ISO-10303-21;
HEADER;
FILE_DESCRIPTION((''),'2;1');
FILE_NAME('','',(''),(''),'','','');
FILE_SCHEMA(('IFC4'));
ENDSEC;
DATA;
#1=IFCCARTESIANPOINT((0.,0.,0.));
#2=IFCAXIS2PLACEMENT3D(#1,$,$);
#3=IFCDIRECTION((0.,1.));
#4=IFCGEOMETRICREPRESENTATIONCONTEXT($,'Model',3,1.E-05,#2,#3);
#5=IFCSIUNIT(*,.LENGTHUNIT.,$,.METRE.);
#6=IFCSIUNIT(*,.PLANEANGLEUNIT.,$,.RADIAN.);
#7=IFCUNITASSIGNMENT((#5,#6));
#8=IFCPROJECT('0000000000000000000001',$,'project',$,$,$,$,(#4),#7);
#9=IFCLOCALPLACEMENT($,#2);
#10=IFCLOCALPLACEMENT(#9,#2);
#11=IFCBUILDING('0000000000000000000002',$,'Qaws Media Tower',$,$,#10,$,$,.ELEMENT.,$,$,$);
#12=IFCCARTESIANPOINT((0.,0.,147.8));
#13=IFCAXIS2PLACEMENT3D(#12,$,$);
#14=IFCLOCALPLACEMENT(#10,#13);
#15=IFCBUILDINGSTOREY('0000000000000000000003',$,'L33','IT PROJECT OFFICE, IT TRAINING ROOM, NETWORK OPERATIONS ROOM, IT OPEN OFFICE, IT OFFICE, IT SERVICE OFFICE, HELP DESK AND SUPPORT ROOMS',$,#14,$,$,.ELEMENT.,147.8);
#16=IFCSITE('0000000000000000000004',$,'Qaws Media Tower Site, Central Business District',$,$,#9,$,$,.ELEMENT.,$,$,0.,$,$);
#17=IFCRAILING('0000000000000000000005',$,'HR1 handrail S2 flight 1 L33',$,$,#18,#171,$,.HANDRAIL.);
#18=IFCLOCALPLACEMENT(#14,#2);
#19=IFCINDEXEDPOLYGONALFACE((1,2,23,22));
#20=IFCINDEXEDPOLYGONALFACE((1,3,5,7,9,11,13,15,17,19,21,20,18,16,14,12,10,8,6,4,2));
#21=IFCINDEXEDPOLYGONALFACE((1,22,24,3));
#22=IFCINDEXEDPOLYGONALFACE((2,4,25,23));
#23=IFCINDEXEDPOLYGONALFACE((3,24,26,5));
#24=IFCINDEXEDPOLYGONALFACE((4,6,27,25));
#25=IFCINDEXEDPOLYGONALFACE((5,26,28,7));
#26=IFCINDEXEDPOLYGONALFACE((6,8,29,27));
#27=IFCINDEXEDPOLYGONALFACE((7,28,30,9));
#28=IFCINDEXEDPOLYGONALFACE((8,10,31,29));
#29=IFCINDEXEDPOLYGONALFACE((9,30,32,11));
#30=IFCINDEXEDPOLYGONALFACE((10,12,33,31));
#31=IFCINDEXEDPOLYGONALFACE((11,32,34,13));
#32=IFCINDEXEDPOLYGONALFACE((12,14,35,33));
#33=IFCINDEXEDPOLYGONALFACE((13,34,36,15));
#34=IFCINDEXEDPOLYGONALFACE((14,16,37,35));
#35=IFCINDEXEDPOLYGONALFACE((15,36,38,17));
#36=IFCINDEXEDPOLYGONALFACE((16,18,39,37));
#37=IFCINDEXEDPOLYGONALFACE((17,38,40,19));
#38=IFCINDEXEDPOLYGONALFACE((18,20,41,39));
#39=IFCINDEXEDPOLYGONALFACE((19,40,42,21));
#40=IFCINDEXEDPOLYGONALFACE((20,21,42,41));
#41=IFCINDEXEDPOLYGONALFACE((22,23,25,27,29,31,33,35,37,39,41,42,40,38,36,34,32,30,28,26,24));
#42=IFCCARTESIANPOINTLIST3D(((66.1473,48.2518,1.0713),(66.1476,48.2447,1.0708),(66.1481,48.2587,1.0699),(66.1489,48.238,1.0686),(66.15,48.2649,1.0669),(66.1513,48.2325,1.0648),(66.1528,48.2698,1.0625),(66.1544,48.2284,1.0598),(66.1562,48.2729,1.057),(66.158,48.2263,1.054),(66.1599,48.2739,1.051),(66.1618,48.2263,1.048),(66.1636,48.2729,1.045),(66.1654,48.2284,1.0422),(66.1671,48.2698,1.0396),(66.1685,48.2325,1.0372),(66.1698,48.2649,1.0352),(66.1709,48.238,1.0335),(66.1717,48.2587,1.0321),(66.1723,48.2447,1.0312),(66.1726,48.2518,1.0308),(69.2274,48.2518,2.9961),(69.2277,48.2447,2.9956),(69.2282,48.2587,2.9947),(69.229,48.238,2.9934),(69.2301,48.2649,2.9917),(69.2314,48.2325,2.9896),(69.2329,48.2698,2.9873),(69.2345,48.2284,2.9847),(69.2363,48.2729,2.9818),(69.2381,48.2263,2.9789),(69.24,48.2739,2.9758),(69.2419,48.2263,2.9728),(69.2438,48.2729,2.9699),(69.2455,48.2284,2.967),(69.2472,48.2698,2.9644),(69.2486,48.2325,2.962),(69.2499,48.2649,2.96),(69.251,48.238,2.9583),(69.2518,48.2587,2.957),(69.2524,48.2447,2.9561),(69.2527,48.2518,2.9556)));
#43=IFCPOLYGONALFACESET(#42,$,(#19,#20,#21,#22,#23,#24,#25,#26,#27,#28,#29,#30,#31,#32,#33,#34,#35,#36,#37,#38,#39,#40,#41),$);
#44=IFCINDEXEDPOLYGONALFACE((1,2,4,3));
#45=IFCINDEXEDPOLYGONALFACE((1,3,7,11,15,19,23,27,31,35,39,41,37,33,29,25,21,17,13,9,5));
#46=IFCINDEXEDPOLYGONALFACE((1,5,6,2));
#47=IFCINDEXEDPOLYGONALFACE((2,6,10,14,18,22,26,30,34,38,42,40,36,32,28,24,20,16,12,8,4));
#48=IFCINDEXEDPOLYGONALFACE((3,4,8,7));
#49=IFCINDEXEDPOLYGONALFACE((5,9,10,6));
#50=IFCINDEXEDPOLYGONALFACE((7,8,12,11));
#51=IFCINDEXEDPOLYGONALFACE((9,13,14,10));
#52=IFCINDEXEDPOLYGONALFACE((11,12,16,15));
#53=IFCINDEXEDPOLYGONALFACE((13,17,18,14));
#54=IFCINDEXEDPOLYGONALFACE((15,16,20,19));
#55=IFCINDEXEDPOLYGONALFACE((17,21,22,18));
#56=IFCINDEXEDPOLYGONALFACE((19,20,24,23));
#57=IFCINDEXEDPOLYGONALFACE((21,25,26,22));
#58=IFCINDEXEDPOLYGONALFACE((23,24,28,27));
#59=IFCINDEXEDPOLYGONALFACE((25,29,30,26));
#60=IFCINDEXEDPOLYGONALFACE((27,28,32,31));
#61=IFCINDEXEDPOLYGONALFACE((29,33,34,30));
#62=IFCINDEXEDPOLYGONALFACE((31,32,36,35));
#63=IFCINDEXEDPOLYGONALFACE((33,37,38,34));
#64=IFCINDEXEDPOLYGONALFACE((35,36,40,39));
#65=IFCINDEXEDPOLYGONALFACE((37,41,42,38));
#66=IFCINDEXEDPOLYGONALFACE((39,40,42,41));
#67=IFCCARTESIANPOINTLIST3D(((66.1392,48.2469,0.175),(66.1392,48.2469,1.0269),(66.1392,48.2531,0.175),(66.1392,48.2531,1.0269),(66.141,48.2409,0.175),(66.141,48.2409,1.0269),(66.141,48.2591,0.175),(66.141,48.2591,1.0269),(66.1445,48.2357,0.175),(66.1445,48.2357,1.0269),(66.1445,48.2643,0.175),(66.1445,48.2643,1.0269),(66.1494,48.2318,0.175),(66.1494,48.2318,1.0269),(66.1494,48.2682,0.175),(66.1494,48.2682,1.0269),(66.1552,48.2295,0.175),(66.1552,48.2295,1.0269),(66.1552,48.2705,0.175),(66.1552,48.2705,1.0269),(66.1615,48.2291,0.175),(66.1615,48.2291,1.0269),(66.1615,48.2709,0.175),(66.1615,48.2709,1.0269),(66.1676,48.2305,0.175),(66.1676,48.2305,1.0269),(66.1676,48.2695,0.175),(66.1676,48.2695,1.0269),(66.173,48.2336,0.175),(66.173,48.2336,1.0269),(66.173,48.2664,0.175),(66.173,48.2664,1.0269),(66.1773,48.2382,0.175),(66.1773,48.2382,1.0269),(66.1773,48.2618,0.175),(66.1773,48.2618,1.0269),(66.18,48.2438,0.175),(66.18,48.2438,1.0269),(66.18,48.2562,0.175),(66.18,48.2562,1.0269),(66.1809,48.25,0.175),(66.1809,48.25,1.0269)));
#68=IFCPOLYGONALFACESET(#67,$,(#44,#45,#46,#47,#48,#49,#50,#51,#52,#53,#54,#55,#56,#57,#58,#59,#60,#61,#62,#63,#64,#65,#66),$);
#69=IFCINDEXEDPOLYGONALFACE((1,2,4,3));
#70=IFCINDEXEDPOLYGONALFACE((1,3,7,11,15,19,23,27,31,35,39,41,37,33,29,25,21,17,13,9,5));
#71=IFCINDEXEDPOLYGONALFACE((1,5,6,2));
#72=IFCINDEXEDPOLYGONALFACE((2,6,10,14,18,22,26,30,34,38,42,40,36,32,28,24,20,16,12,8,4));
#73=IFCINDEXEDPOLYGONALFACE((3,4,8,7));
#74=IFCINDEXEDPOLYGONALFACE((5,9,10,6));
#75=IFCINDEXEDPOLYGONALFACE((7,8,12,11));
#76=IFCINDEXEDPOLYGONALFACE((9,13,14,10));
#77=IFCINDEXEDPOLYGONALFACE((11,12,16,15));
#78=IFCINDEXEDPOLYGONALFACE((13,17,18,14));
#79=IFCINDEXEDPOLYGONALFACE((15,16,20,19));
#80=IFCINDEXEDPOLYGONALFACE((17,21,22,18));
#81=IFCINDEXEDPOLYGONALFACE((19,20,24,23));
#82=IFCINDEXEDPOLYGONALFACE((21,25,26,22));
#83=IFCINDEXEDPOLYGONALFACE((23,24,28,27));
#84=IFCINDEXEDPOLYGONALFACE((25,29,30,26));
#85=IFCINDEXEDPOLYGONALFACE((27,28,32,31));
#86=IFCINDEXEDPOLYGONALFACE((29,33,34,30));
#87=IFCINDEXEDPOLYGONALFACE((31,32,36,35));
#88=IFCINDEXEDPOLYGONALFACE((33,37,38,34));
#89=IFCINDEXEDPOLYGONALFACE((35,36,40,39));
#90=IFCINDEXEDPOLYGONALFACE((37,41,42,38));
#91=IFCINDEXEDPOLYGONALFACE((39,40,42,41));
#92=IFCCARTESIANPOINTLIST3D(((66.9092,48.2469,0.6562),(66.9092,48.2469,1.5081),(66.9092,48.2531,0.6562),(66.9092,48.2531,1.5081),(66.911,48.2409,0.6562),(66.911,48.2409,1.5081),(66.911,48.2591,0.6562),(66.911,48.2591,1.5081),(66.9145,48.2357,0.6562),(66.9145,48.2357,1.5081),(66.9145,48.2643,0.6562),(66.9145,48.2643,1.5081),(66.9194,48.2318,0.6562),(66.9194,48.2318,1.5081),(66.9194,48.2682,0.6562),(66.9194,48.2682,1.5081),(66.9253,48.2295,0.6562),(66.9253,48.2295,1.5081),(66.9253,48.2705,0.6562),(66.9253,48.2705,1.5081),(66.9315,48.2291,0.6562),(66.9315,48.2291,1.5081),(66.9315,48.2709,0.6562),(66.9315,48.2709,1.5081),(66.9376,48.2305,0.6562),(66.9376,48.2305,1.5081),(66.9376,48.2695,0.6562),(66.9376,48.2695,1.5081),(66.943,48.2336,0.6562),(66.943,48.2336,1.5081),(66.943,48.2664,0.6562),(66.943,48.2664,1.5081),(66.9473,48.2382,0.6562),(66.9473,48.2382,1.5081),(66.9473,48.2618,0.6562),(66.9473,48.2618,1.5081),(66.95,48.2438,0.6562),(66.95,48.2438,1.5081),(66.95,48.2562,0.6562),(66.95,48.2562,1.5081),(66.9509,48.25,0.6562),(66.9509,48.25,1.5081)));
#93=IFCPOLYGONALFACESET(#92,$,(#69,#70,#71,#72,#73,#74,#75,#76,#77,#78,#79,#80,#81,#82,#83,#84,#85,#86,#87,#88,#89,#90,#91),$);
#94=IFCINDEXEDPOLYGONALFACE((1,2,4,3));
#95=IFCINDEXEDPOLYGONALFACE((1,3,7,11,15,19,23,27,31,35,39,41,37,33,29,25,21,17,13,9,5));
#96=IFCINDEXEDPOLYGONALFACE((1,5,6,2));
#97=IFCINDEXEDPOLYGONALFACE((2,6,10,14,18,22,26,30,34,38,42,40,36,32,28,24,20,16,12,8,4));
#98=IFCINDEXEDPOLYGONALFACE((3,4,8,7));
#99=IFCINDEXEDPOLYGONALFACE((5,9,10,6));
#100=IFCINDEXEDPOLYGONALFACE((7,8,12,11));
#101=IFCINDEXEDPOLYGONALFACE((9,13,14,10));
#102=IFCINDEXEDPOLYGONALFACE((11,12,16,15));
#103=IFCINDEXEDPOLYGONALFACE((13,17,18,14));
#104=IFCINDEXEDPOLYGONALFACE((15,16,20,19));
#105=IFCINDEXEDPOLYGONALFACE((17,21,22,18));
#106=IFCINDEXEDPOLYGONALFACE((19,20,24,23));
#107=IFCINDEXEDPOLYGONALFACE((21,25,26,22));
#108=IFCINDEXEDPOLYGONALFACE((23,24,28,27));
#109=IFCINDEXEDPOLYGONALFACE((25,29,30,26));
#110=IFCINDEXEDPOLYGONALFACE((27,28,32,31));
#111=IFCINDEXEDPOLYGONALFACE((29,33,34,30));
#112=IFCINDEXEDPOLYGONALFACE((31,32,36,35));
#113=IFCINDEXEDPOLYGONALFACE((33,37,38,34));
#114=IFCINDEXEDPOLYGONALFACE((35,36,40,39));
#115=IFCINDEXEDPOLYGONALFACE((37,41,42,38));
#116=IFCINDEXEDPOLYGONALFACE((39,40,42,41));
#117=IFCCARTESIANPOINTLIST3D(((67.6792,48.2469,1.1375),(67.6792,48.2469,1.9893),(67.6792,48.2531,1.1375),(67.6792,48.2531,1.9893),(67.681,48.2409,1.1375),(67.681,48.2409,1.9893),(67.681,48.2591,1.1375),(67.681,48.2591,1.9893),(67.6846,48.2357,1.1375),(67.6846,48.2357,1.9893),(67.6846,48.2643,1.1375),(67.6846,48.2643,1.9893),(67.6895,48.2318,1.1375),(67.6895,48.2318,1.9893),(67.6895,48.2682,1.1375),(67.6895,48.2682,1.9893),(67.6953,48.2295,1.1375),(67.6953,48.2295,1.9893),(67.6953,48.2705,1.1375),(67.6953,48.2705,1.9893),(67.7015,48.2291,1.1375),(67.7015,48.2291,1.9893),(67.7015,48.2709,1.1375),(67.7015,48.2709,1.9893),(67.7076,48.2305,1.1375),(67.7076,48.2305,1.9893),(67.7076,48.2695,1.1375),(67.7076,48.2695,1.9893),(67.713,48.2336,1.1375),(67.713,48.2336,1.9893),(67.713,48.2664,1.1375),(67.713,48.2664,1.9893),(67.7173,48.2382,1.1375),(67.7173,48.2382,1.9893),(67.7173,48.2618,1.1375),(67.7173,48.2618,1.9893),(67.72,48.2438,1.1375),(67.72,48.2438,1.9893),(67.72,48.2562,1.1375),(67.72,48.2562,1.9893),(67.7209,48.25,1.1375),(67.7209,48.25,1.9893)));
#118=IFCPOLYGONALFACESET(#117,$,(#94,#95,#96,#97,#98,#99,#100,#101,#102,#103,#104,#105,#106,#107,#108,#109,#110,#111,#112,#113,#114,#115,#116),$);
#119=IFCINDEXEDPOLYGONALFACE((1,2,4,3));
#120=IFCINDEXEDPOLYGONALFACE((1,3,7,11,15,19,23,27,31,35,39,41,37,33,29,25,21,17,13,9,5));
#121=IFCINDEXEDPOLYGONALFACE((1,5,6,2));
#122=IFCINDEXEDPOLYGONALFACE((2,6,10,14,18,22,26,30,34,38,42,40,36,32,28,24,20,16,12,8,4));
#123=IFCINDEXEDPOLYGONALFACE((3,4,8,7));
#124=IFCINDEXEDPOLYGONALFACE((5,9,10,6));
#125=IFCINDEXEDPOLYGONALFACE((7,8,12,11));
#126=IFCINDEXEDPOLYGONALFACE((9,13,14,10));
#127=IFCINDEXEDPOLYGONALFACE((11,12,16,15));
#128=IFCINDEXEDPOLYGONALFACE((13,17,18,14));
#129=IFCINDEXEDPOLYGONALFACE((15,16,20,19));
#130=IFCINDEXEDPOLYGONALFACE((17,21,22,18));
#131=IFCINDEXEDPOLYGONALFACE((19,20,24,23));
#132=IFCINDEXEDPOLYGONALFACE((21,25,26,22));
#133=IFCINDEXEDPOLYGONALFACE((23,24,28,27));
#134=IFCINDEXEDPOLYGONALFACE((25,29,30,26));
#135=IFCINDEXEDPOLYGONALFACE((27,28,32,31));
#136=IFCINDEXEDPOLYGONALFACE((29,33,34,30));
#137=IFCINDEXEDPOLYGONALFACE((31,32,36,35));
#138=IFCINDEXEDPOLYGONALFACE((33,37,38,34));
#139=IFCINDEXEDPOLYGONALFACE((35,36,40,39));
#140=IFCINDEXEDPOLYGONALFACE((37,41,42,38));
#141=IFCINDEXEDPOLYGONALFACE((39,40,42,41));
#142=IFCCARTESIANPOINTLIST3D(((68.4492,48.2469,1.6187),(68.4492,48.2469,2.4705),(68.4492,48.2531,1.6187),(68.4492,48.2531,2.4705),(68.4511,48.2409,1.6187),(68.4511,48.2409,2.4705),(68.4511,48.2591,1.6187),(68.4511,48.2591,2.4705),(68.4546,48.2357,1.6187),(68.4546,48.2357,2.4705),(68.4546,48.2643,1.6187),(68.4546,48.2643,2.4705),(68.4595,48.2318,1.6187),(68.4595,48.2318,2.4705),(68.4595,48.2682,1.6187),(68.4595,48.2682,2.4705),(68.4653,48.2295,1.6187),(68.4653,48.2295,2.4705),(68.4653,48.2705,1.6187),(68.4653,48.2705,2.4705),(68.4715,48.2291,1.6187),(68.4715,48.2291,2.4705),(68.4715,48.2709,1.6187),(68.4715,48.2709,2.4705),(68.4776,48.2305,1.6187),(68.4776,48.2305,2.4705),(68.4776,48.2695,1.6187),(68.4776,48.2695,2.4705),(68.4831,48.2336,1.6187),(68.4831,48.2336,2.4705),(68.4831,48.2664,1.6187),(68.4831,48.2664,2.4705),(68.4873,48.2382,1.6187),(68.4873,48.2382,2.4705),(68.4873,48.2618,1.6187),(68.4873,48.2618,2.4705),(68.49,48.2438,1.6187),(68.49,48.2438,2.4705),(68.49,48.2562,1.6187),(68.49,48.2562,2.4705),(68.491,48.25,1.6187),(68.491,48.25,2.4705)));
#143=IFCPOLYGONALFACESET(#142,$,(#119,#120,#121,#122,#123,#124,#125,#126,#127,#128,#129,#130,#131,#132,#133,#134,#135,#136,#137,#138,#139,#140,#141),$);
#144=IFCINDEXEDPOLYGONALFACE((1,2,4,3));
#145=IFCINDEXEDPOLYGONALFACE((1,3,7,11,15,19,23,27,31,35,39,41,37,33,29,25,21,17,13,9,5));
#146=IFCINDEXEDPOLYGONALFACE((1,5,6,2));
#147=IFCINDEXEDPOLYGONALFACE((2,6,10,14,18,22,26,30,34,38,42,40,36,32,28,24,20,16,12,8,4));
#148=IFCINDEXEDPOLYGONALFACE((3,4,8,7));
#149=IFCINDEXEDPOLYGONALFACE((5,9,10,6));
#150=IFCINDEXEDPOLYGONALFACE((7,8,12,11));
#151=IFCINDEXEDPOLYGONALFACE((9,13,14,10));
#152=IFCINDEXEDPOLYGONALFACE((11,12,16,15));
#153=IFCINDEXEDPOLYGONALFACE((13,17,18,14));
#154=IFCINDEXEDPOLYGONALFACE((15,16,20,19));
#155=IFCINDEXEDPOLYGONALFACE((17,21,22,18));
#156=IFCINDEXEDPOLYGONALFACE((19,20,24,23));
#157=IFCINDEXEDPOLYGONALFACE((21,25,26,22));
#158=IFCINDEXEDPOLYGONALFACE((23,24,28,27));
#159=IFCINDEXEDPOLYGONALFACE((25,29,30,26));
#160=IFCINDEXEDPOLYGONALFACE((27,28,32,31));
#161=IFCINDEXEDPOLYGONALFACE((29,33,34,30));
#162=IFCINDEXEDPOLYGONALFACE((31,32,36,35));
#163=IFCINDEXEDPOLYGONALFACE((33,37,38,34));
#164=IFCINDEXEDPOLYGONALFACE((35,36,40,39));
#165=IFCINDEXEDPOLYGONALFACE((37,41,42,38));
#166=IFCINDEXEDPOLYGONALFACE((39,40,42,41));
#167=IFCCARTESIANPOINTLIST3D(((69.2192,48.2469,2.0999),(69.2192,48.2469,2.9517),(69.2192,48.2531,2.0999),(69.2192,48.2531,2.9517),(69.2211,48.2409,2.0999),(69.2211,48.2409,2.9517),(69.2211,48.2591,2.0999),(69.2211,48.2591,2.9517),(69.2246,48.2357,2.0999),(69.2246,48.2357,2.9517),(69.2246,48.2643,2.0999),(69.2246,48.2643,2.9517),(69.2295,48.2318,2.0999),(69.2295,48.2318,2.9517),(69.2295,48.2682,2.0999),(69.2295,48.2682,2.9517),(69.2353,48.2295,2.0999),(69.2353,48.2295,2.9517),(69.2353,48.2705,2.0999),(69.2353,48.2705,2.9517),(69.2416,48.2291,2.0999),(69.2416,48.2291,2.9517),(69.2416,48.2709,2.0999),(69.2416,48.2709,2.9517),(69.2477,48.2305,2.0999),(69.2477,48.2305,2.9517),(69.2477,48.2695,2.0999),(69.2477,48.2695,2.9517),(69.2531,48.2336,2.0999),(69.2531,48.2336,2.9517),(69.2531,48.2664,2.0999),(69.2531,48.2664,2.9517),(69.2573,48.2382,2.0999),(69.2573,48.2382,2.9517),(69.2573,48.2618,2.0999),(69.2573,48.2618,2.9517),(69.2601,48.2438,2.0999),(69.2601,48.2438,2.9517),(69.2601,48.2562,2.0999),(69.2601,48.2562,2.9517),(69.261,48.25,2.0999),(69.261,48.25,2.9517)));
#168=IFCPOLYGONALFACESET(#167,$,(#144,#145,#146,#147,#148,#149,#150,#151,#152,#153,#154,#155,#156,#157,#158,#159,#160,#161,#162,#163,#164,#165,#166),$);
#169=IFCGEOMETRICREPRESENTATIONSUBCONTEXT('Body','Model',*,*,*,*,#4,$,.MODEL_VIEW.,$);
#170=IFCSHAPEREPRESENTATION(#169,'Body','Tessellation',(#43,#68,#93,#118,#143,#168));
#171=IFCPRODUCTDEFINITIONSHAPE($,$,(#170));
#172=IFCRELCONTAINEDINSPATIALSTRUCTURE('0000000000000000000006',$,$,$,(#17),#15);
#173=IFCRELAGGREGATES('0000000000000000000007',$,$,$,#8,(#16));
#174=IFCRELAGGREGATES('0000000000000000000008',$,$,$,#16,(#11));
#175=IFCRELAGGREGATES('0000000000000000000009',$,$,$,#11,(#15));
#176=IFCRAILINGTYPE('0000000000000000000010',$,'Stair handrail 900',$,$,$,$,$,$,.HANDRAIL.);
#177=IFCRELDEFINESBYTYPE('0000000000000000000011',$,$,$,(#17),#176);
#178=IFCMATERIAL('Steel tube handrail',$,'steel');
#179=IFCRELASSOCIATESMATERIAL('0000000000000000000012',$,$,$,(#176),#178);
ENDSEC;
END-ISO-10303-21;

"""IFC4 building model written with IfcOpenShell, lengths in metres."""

from ifc_helpers import new_model, si_unit, direction, frame, origin, origin_2d, place, context, subcontext, project, spatial, circle, extrude, material, type_object, element, save


model = new_model("IFC4")

# Units and contexts
model_context = context("Model", 3, precision=1e-05, world=origin(), true_north=direction((0.0, 1.0)))
body_context = subcontext(model_context, "Body", "Model", "MODEL_VIEW")
ifc_project = project(units=[si_unit("LENGTHUNIT", "METRE"), si_unit("PLANEANGLEUNIT", "RADIAN")], contexts=[model_context])

# Site, building, storey
site_placement = place(None, origin())
site = spatial("IfcSite", under=ifc_project, at=site_placement, Name="Qaws Media Tower Site, Central Business District", CompositionType="ELEMENT", RefElevation=0.0)
building_placement = place(site_placement, origin())
building = spatial("IfcBuilding", under=site, at=building_placement, Name="Qaws Media Tower", CompositionType="ELEMENT")
storey_placement = place(building_placement, frame((0.0, 0.0, 147.8)))
storey = spatial("IfcBuildingStorey", under=building, at=storey_placement, Name="L33", Description="IT PROJECT OFFICE, IT TRAINING ROOM, NETWORK OPERATIONS ROOM, IT OPEN OFFICE, IT OFFICE, IT SERVICE OFFICE, HELP DESK AND SUPPORT ROOMS", CompositionType="ELEMENT", Elevation=147.8)

# Railing
ifc_material_1 = material(Name="Steel tube handrail", Category="steel")
railing_type = type_object("IfcRailingType", Name="Stair handrail 900", PredefinedType="HANDRAIL", material=ifc_material_1)
for number, where, name in (
    (1, (66.1599, 48.25, 0.175), "HR1 handrail S2 flight 1 L33"),
):
    element("IfcRailing", number, at=place(storey_placement, frame(where)), inside=storey, type_object=railing_type, Name=name, PredefinedType="HANDRAIL", context=body_context, shape_type="SweptSolid", body=[
        extrude(circle(Radius=0.0239, at=origin_2d()), frame((0.0, 0.0, 0.876), z_axis=(0.848029, 0.0, 0.529951), x_axis=(0.0, 1.0, 0.0)), (0.0, 0.0, 1.0), 3.6321),
        extrude(circle(Radius=0.021, at=origin_2d()), origin(), (0.0, 0.0, 1.0), 0.8518),
        extrude(circle(Radius=0.021, at=origin_2d()), frame((0.77, 0.0, 0.4812)), (0.0, 0.0, 1.0), 0.8518),
        extrude(circle(Radius=0.021, at=origin_2d()), frame((1.54, 0.0, 0.9624)), (0.0, 0.0, 1.0), 0.8518),
        extrude(circle(Radius=0.021, at=origin_2d()), frame((2.3101, 0.0, 1.4436)), (0.0, 0.0, 1.0), 0.8518),
        extrude(circle(Radius=0.021, at=origin_2d()), frame((3.0801, 0.0, 1.9248)), (0.0, 0.0, 1.0), 0.8518),
    ])

save(model, "model.ifc")
